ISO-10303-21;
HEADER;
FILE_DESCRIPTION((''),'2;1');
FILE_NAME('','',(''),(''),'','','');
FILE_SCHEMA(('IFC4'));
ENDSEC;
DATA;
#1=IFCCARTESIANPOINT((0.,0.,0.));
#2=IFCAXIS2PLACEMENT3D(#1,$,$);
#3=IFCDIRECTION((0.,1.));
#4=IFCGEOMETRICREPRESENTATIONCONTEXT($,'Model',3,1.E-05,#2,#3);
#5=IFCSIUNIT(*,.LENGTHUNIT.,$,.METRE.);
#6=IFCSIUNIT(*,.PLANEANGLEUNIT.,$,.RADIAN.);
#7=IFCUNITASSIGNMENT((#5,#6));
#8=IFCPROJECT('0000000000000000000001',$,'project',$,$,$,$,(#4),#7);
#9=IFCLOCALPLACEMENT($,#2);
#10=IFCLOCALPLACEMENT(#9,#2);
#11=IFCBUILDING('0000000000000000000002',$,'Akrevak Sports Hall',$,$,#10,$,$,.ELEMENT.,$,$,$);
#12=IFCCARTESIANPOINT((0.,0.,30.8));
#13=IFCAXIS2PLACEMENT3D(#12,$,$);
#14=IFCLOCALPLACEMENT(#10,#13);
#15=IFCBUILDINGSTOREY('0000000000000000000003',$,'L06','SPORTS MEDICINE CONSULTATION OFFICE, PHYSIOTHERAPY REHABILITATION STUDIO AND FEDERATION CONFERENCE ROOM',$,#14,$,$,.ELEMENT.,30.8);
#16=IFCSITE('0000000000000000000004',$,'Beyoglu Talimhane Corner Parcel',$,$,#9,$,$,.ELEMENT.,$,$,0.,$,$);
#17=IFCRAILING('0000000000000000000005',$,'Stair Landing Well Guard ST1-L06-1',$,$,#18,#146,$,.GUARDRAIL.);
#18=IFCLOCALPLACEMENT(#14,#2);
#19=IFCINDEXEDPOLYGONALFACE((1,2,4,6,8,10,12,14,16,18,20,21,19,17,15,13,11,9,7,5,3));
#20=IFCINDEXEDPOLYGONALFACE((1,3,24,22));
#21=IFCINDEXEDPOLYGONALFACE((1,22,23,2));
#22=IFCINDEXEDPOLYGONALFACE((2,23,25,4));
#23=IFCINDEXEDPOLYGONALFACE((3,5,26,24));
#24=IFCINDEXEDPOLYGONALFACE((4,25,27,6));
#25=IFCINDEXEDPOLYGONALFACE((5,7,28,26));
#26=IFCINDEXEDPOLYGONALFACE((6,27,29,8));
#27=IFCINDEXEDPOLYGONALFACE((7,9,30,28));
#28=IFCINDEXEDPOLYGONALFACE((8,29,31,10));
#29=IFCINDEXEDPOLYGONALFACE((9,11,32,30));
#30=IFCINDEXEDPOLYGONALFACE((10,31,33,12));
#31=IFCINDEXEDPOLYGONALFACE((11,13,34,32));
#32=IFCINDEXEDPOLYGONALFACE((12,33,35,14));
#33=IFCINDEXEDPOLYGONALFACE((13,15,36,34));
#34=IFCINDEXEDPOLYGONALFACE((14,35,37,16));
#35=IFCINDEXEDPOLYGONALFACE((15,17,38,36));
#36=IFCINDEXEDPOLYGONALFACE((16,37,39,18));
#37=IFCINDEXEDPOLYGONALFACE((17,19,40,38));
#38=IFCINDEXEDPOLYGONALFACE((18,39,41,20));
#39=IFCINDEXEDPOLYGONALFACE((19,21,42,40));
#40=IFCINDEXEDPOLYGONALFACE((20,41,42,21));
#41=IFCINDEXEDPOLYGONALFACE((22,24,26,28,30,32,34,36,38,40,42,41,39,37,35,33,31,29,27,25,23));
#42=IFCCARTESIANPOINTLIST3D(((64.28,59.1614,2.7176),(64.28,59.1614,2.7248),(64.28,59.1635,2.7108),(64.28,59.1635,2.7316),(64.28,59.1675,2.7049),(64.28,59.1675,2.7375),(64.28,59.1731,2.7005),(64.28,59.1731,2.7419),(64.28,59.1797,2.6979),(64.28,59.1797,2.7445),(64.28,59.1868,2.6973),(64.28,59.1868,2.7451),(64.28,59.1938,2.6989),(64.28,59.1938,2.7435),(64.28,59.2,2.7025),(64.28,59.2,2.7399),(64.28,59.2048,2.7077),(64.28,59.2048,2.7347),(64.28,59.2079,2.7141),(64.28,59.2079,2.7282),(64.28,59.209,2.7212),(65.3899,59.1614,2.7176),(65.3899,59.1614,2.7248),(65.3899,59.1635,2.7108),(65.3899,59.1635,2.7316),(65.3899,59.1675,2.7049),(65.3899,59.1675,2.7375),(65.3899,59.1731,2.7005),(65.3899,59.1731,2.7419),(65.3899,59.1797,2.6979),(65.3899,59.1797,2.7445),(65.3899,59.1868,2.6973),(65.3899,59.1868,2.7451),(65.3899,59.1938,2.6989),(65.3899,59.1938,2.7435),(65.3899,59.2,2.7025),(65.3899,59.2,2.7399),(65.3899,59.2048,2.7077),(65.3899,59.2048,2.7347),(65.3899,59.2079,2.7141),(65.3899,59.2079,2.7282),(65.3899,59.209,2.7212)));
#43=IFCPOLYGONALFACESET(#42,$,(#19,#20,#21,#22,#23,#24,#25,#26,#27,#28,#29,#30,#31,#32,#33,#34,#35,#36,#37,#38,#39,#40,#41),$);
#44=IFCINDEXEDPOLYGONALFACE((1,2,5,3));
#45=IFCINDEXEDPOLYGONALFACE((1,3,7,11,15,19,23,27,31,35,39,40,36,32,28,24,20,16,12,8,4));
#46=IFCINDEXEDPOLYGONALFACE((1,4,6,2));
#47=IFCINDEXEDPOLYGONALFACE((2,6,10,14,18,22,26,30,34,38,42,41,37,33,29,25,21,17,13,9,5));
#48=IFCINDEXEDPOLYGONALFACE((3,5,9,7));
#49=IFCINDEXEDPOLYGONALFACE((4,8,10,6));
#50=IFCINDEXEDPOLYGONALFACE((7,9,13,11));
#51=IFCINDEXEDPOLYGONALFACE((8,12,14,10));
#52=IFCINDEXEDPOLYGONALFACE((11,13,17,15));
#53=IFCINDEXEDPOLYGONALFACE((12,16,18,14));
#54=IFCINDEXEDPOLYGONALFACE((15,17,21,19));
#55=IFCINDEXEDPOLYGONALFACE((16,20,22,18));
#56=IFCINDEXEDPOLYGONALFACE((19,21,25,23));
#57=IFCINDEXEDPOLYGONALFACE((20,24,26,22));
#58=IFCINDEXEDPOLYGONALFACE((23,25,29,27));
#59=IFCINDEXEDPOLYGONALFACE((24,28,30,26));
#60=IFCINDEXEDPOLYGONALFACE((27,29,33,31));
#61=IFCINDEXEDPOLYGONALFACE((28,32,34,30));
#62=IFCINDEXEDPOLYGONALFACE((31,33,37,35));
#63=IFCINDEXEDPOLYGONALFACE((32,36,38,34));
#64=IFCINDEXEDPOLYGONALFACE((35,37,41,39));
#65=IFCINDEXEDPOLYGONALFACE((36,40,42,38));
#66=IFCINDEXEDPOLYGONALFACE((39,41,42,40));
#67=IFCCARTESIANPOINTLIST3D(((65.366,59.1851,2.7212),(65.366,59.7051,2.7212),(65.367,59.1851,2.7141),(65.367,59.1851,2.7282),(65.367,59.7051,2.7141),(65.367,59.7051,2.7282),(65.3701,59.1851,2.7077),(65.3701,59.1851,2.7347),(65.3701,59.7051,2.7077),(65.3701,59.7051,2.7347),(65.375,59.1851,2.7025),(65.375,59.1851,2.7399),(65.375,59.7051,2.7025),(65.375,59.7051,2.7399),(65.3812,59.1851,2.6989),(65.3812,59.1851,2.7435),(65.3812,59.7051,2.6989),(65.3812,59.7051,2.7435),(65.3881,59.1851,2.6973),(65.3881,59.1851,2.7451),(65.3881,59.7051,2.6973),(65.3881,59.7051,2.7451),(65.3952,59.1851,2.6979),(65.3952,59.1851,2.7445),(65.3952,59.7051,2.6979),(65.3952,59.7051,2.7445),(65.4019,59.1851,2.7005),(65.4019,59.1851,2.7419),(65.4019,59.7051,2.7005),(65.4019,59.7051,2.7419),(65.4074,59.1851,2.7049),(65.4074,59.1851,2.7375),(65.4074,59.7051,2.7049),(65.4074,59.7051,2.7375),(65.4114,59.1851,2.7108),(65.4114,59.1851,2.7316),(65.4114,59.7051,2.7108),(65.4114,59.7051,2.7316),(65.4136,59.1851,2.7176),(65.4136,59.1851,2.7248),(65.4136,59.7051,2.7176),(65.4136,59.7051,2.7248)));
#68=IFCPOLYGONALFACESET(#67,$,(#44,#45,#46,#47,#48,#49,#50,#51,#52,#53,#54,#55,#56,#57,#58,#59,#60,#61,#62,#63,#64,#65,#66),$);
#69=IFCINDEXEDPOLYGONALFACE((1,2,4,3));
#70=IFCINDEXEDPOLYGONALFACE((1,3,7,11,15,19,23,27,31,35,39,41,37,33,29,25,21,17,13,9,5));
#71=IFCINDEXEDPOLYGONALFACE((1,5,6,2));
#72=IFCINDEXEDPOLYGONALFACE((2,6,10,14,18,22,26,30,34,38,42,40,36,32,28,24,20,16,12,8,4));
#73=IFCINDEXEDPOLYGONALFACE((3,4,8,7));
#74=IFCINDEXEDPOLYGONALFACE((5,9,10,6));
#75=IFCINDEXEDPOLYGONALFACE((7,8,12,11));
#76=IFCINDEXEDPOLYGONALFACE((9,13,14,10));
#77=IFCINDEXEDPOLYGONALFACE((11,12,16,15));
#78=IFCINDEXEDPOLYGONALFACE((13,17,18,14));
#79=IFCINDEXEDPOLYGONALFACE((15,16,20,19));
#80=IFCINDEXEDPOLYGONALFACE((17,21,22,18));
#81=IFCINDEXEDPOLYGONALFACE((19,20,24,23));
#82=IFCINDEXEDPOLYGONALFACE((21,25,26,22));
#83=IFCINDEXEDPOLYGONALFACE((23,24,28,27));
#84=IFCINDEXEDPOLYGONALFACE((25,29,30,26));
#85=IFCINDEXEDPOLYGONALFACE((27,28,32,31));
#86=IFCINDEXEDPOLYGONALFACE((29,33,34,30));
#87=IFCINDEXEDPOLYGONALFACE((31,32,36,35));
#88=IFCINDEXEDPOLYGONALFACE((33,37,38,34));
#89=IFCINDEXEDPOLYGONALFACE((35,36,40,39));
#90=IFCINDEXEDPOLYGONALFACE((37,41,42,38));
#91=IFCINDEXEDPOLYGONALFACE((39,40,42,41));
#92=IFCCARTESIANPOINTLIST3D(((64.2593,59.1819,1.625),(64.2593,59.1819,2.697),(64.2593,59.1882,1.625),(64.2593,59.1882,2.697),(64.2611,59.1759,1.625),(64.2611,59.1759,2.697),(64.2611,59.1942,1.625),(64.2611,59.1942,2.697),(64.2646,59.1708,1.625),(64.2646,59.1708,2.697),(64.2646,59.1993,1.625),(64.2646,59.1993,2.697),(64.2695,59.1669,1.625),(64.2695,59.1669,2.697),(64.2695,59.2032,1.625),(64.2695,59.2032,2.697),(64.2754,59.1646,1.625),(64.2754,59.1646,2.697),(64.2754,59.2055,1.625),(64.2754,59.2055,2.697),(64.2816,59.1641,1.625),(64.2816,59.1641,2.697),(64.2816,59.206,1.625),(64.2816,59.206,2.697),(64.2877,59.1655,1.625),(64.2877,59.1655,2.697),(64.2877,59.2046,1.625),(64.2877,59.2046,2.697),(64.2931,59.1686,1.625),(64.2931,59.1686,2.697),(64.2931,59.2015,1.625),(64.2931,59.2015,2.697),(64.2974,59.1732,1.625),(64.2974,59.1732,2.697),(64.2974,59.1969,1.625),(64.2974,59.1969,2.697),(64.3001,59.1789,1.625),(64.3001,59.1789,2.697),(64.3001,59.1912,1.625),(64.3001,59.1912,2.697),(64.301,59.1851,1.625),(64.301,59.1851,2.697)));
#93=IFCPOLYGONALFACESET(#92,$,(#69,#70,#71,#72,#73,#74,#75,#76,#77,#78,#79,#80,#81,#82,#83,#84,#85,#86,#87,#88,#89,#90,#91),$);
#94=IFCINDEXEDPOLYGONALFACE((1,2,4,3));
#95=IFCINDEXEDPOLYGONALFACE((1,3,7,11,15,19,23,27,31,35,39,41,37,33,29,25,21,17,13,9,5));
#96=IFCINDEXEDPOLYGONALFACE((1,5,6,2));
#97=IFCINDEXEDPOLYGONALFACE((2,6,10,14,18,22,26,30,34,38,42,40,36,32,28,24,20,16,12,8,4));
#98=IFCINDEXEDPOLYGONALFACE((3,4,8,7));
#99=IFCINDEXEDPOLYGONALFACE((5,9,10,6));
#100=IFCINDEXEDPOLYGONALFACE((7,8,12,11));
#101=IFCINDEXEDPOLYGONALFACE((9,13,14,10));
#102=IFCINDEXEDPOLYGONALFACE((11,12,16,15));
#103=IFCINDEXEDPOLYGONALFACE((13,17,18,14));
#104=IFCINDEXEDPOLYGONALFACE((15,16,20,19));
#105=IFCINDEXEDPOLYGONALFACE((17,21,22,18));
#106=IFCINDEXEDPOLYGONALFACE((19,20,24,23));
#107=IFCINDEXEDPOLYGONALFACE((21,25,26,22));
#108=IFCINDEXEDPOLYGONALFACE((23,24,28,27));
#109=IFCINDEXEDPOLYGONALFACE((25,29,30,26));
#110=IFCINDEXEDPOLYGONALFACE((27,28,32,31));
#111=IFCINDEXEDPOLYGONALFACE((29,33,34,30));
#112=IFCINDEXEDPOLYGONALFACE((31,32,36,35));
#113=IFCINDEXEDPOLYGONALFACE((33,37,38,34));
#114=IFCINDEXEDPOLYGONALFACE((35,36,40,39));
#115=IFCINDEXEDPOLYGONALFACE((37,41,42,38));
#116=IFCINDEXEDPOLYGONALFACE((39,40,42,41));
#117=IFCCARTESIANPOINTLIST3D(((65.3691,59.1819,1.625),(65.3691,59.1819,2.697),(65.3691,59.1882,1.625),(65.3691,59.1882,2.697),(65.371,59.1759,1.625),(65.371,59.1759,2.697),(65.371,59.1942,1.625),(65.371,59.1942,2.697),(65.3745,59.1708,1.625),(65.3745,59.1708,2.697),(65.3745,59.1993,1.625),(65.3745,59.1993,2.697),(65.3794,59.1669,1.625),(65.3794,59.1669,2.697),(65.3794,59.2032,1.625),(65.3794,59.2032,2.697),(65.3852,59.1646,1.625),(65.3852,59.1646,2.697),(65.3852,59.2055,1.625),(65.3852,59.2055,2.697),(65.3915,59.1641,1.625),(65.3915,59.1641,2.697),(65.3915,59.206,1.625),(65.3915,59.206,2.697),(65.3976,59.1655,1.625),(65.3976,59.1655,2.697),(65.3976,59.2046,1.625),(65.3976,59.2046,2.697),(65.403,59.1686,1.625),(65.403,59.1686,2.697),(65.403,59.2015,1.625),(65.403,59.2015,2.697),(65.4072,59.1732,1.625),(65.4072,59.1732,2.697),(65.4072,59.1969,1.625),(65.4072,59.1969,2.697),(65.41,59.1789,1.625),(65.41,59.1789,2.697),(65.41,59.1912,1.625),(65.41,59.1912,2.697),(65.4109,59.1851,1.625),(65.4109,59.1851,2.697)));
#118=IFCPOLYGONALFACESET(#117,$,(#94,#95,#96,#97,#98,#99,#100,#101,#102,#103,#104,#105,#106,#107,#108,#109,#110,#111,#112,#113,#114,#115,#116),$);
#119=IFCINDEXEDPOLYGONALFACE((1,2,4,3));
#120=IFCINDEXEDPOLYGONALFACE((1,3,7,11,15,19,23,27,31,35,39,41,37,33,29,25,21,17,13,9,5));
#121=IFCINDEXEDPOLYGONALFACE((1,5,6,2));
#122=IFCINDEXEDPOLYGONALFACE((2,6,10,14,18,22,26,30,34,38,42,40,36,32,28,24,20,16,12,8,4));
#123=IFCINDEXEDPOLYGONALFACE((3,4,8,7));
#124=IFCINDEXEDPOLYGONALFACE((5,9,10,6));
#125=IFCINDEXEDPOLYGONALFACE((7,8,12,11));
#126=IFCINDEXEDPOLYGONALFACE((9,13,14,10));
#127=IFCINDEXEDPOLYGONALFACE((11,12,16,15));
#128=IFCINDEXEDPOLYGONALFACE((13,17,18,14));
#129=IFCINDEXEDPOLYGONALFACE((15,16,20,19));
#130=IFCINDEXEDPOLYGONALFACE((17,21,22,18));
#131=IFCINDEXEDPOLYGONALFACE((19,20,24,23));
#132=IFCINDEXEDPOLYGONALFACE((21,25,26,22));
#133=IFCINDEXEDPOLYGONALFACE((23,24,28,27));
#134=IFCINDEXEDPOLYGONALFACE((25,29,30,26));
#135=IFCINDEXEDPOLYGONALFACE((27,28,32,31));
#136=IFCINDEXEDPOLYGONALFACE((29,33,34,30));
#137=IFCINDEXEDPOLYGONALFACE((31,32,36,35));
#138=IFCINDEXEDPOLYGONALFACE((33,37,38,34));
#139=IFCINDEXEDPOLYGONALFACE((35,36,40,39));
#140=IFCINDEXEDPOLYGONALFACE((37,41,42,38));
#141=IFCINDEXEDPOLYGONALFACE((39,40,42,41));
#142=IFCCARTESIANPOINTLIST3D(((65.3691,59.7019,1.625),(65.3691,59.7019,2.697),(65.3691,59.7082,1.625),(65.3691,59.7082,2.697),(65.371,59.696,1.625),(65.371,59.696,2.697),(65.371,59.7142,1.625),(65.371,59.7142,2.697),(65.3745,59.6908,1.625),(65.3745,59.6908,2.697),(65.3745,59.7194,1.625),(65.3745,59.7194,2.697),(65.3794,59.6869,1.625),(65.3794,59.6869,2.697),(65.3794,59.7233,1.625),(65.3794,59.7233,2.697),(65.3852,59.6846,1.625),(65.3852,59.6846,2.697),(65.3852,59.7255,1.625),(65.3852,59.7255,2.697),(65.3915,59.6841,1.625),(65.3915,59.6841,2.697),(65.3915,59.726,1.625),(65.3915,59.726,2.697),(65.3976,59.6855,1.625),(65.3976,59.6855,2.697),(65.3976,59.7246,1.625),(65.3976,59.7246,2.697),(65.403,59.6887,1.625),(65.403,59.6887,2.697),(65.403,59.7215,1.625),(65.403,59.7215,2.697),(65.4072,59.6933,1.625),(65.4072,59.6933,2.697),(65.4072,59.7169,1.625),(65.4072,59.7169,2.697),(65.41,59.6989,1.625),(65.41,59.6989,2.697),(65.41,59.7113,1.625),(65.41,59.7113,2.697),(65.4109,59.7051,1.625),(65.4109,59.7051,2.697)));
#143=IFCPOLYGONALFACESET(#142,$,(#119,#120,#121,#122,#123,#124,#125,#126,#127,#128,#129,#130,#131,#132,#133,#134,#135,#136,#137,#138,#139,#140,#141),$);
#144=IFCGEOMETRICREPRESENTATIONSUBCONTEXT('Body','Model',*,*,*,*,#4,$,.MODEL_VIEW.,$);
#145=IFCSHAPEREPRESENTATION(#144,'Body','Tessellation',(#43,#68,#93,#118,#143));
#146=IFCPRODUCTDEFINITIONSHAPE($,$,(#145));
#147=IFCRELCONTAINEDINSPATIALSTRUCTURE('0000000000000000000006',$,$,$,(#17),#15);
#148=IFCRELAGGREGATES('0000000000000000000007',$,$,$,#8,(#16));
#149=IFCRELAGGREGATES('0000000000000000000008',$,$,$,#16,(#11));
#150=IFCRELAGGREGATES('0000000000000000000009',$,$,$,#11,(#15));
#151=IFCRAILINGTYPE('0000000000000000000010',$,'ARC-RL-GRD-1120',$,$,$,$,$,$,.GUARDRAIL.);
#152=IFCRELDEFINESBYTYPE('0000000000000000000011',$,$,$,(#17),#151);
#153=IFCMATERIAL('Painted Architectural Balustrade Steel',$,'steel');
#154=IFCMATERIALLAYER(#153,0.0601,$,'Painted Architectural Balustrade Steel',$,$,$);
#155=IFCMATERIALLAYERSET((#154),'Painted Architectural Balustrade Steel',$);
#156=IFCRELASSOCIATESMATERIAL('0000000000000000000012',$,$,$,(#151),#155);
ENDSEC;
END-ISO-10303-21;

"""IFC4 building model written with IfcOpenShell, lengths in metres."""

from ifc_helpers import new_model, si_unit, direction, frame, origin, origin_2d, place, context, subcontext, project, spatial, circle, extrude, material, layer, layer_set, type_object, element, save


model = new_model("IFC4")

# Units and contexts
model_context = context("Model", 3, precision=1e-05, world=origin(), true_north=direction((0.0, 1.0)))
body_context = subcontext(model_context, "Body", "Model", "MODEL_VIEW")
ifc_project = project(units=[si_unit("LENGTHUNIT", "METRE"), si_unit("PLANEANGLEUNIT", "RADIAN")], contexts=[model_context])

# Site, building, storey
site_placement = place(None, origin())
site = spatial("IfcSite", under=ifc_project, at=site_placement, Name="Beyoglu Talimhane Corner Parcel", CompositionType="ELEMENT", RefElevation=0.0)
building_placement = place(site_placement, origin())
building = spatial("IfcBuilding", under=site, at=building_placement, Name="Akrevak Sports Hall", CompositionType="ELEMENT")
storey_placement = place(building_placement, frame((0.0, 0.0, 30.8)))
storey = spatial("IfcBuildingStorey", under=building, at=storey_placement, Name="L06", Description="SPORTS MEDICINE CONSULTATION OFFICE, PHYSIOTHERAPY REHABILITATION STUDIO AND FEDERATION CONFERENCE ROOM", CompositionType="ELEMENT", Elevation=30.8)

# Railing
ifc_material_1 = material(Name="Painted Architectural Balustrade Steel", Category="steel")
ifc_layer_1 = layer(ifc_material_1, 0.0601, Name="Painted Architectural Balustrade Steel")
ifc_layer_set_1 = layer_set([ifc_layer_1], Name="Painted Architectural Balustrade Steel")
railing_type_1 = type_object("IfcRailingType", Name="ARC-RL-GRD-1120", PredefinedType="GUARDRAIL", material=ifc_layer_set_1)
railing_1_placement = place(storey_placement, frame((64.28, 59.1851, 1.625)))
element("IfcRailing", 1, at=railing_1_placement, inside=storey, type_object=railing_type_1, Name="Stair Landing Well Guard ST1-L06-1", PredefinedType="GUARDRAIL", context=body_context, shape_type="SweptSolid", body=[
    extrude(circle(Radius=0.0239, at=origin_2d()), frame((0.0, 0.0, 1.0962), z_axis=(1.0, 0.0, 0.0), x_axis=(0.0, 1.0, 0.0)), (0.0, 0.0, 1.0), 1.1099),
    extrude(circle(Radius=0.0239, at=origin_2d()), frame((1.1099, 0.0, 1.0962), z_axis=(0.0, 1.0, 0.0), x_axis=(-1.0, 0.0, 0.0)), (0.0, 0.0, 1.0), 0.52),
    extrude(circle(Radius=0.021, at=origin_2d()), origin(), (0.0, 0.0, 1.0), 1.072),
    extrude(circle(Radius=0.021, at=origin_2d()), frame((1.1099, 0.0, 0.0)), (0.0, 0.0, 1.0), 1.072),
    extrude(circle(Radius=0.021, at=origin_2d()), frame((1.1099, 0.52, 0.0)), (0.0, 0.0, 1.0), 1.072),
])

save(model, "model.ifc")
